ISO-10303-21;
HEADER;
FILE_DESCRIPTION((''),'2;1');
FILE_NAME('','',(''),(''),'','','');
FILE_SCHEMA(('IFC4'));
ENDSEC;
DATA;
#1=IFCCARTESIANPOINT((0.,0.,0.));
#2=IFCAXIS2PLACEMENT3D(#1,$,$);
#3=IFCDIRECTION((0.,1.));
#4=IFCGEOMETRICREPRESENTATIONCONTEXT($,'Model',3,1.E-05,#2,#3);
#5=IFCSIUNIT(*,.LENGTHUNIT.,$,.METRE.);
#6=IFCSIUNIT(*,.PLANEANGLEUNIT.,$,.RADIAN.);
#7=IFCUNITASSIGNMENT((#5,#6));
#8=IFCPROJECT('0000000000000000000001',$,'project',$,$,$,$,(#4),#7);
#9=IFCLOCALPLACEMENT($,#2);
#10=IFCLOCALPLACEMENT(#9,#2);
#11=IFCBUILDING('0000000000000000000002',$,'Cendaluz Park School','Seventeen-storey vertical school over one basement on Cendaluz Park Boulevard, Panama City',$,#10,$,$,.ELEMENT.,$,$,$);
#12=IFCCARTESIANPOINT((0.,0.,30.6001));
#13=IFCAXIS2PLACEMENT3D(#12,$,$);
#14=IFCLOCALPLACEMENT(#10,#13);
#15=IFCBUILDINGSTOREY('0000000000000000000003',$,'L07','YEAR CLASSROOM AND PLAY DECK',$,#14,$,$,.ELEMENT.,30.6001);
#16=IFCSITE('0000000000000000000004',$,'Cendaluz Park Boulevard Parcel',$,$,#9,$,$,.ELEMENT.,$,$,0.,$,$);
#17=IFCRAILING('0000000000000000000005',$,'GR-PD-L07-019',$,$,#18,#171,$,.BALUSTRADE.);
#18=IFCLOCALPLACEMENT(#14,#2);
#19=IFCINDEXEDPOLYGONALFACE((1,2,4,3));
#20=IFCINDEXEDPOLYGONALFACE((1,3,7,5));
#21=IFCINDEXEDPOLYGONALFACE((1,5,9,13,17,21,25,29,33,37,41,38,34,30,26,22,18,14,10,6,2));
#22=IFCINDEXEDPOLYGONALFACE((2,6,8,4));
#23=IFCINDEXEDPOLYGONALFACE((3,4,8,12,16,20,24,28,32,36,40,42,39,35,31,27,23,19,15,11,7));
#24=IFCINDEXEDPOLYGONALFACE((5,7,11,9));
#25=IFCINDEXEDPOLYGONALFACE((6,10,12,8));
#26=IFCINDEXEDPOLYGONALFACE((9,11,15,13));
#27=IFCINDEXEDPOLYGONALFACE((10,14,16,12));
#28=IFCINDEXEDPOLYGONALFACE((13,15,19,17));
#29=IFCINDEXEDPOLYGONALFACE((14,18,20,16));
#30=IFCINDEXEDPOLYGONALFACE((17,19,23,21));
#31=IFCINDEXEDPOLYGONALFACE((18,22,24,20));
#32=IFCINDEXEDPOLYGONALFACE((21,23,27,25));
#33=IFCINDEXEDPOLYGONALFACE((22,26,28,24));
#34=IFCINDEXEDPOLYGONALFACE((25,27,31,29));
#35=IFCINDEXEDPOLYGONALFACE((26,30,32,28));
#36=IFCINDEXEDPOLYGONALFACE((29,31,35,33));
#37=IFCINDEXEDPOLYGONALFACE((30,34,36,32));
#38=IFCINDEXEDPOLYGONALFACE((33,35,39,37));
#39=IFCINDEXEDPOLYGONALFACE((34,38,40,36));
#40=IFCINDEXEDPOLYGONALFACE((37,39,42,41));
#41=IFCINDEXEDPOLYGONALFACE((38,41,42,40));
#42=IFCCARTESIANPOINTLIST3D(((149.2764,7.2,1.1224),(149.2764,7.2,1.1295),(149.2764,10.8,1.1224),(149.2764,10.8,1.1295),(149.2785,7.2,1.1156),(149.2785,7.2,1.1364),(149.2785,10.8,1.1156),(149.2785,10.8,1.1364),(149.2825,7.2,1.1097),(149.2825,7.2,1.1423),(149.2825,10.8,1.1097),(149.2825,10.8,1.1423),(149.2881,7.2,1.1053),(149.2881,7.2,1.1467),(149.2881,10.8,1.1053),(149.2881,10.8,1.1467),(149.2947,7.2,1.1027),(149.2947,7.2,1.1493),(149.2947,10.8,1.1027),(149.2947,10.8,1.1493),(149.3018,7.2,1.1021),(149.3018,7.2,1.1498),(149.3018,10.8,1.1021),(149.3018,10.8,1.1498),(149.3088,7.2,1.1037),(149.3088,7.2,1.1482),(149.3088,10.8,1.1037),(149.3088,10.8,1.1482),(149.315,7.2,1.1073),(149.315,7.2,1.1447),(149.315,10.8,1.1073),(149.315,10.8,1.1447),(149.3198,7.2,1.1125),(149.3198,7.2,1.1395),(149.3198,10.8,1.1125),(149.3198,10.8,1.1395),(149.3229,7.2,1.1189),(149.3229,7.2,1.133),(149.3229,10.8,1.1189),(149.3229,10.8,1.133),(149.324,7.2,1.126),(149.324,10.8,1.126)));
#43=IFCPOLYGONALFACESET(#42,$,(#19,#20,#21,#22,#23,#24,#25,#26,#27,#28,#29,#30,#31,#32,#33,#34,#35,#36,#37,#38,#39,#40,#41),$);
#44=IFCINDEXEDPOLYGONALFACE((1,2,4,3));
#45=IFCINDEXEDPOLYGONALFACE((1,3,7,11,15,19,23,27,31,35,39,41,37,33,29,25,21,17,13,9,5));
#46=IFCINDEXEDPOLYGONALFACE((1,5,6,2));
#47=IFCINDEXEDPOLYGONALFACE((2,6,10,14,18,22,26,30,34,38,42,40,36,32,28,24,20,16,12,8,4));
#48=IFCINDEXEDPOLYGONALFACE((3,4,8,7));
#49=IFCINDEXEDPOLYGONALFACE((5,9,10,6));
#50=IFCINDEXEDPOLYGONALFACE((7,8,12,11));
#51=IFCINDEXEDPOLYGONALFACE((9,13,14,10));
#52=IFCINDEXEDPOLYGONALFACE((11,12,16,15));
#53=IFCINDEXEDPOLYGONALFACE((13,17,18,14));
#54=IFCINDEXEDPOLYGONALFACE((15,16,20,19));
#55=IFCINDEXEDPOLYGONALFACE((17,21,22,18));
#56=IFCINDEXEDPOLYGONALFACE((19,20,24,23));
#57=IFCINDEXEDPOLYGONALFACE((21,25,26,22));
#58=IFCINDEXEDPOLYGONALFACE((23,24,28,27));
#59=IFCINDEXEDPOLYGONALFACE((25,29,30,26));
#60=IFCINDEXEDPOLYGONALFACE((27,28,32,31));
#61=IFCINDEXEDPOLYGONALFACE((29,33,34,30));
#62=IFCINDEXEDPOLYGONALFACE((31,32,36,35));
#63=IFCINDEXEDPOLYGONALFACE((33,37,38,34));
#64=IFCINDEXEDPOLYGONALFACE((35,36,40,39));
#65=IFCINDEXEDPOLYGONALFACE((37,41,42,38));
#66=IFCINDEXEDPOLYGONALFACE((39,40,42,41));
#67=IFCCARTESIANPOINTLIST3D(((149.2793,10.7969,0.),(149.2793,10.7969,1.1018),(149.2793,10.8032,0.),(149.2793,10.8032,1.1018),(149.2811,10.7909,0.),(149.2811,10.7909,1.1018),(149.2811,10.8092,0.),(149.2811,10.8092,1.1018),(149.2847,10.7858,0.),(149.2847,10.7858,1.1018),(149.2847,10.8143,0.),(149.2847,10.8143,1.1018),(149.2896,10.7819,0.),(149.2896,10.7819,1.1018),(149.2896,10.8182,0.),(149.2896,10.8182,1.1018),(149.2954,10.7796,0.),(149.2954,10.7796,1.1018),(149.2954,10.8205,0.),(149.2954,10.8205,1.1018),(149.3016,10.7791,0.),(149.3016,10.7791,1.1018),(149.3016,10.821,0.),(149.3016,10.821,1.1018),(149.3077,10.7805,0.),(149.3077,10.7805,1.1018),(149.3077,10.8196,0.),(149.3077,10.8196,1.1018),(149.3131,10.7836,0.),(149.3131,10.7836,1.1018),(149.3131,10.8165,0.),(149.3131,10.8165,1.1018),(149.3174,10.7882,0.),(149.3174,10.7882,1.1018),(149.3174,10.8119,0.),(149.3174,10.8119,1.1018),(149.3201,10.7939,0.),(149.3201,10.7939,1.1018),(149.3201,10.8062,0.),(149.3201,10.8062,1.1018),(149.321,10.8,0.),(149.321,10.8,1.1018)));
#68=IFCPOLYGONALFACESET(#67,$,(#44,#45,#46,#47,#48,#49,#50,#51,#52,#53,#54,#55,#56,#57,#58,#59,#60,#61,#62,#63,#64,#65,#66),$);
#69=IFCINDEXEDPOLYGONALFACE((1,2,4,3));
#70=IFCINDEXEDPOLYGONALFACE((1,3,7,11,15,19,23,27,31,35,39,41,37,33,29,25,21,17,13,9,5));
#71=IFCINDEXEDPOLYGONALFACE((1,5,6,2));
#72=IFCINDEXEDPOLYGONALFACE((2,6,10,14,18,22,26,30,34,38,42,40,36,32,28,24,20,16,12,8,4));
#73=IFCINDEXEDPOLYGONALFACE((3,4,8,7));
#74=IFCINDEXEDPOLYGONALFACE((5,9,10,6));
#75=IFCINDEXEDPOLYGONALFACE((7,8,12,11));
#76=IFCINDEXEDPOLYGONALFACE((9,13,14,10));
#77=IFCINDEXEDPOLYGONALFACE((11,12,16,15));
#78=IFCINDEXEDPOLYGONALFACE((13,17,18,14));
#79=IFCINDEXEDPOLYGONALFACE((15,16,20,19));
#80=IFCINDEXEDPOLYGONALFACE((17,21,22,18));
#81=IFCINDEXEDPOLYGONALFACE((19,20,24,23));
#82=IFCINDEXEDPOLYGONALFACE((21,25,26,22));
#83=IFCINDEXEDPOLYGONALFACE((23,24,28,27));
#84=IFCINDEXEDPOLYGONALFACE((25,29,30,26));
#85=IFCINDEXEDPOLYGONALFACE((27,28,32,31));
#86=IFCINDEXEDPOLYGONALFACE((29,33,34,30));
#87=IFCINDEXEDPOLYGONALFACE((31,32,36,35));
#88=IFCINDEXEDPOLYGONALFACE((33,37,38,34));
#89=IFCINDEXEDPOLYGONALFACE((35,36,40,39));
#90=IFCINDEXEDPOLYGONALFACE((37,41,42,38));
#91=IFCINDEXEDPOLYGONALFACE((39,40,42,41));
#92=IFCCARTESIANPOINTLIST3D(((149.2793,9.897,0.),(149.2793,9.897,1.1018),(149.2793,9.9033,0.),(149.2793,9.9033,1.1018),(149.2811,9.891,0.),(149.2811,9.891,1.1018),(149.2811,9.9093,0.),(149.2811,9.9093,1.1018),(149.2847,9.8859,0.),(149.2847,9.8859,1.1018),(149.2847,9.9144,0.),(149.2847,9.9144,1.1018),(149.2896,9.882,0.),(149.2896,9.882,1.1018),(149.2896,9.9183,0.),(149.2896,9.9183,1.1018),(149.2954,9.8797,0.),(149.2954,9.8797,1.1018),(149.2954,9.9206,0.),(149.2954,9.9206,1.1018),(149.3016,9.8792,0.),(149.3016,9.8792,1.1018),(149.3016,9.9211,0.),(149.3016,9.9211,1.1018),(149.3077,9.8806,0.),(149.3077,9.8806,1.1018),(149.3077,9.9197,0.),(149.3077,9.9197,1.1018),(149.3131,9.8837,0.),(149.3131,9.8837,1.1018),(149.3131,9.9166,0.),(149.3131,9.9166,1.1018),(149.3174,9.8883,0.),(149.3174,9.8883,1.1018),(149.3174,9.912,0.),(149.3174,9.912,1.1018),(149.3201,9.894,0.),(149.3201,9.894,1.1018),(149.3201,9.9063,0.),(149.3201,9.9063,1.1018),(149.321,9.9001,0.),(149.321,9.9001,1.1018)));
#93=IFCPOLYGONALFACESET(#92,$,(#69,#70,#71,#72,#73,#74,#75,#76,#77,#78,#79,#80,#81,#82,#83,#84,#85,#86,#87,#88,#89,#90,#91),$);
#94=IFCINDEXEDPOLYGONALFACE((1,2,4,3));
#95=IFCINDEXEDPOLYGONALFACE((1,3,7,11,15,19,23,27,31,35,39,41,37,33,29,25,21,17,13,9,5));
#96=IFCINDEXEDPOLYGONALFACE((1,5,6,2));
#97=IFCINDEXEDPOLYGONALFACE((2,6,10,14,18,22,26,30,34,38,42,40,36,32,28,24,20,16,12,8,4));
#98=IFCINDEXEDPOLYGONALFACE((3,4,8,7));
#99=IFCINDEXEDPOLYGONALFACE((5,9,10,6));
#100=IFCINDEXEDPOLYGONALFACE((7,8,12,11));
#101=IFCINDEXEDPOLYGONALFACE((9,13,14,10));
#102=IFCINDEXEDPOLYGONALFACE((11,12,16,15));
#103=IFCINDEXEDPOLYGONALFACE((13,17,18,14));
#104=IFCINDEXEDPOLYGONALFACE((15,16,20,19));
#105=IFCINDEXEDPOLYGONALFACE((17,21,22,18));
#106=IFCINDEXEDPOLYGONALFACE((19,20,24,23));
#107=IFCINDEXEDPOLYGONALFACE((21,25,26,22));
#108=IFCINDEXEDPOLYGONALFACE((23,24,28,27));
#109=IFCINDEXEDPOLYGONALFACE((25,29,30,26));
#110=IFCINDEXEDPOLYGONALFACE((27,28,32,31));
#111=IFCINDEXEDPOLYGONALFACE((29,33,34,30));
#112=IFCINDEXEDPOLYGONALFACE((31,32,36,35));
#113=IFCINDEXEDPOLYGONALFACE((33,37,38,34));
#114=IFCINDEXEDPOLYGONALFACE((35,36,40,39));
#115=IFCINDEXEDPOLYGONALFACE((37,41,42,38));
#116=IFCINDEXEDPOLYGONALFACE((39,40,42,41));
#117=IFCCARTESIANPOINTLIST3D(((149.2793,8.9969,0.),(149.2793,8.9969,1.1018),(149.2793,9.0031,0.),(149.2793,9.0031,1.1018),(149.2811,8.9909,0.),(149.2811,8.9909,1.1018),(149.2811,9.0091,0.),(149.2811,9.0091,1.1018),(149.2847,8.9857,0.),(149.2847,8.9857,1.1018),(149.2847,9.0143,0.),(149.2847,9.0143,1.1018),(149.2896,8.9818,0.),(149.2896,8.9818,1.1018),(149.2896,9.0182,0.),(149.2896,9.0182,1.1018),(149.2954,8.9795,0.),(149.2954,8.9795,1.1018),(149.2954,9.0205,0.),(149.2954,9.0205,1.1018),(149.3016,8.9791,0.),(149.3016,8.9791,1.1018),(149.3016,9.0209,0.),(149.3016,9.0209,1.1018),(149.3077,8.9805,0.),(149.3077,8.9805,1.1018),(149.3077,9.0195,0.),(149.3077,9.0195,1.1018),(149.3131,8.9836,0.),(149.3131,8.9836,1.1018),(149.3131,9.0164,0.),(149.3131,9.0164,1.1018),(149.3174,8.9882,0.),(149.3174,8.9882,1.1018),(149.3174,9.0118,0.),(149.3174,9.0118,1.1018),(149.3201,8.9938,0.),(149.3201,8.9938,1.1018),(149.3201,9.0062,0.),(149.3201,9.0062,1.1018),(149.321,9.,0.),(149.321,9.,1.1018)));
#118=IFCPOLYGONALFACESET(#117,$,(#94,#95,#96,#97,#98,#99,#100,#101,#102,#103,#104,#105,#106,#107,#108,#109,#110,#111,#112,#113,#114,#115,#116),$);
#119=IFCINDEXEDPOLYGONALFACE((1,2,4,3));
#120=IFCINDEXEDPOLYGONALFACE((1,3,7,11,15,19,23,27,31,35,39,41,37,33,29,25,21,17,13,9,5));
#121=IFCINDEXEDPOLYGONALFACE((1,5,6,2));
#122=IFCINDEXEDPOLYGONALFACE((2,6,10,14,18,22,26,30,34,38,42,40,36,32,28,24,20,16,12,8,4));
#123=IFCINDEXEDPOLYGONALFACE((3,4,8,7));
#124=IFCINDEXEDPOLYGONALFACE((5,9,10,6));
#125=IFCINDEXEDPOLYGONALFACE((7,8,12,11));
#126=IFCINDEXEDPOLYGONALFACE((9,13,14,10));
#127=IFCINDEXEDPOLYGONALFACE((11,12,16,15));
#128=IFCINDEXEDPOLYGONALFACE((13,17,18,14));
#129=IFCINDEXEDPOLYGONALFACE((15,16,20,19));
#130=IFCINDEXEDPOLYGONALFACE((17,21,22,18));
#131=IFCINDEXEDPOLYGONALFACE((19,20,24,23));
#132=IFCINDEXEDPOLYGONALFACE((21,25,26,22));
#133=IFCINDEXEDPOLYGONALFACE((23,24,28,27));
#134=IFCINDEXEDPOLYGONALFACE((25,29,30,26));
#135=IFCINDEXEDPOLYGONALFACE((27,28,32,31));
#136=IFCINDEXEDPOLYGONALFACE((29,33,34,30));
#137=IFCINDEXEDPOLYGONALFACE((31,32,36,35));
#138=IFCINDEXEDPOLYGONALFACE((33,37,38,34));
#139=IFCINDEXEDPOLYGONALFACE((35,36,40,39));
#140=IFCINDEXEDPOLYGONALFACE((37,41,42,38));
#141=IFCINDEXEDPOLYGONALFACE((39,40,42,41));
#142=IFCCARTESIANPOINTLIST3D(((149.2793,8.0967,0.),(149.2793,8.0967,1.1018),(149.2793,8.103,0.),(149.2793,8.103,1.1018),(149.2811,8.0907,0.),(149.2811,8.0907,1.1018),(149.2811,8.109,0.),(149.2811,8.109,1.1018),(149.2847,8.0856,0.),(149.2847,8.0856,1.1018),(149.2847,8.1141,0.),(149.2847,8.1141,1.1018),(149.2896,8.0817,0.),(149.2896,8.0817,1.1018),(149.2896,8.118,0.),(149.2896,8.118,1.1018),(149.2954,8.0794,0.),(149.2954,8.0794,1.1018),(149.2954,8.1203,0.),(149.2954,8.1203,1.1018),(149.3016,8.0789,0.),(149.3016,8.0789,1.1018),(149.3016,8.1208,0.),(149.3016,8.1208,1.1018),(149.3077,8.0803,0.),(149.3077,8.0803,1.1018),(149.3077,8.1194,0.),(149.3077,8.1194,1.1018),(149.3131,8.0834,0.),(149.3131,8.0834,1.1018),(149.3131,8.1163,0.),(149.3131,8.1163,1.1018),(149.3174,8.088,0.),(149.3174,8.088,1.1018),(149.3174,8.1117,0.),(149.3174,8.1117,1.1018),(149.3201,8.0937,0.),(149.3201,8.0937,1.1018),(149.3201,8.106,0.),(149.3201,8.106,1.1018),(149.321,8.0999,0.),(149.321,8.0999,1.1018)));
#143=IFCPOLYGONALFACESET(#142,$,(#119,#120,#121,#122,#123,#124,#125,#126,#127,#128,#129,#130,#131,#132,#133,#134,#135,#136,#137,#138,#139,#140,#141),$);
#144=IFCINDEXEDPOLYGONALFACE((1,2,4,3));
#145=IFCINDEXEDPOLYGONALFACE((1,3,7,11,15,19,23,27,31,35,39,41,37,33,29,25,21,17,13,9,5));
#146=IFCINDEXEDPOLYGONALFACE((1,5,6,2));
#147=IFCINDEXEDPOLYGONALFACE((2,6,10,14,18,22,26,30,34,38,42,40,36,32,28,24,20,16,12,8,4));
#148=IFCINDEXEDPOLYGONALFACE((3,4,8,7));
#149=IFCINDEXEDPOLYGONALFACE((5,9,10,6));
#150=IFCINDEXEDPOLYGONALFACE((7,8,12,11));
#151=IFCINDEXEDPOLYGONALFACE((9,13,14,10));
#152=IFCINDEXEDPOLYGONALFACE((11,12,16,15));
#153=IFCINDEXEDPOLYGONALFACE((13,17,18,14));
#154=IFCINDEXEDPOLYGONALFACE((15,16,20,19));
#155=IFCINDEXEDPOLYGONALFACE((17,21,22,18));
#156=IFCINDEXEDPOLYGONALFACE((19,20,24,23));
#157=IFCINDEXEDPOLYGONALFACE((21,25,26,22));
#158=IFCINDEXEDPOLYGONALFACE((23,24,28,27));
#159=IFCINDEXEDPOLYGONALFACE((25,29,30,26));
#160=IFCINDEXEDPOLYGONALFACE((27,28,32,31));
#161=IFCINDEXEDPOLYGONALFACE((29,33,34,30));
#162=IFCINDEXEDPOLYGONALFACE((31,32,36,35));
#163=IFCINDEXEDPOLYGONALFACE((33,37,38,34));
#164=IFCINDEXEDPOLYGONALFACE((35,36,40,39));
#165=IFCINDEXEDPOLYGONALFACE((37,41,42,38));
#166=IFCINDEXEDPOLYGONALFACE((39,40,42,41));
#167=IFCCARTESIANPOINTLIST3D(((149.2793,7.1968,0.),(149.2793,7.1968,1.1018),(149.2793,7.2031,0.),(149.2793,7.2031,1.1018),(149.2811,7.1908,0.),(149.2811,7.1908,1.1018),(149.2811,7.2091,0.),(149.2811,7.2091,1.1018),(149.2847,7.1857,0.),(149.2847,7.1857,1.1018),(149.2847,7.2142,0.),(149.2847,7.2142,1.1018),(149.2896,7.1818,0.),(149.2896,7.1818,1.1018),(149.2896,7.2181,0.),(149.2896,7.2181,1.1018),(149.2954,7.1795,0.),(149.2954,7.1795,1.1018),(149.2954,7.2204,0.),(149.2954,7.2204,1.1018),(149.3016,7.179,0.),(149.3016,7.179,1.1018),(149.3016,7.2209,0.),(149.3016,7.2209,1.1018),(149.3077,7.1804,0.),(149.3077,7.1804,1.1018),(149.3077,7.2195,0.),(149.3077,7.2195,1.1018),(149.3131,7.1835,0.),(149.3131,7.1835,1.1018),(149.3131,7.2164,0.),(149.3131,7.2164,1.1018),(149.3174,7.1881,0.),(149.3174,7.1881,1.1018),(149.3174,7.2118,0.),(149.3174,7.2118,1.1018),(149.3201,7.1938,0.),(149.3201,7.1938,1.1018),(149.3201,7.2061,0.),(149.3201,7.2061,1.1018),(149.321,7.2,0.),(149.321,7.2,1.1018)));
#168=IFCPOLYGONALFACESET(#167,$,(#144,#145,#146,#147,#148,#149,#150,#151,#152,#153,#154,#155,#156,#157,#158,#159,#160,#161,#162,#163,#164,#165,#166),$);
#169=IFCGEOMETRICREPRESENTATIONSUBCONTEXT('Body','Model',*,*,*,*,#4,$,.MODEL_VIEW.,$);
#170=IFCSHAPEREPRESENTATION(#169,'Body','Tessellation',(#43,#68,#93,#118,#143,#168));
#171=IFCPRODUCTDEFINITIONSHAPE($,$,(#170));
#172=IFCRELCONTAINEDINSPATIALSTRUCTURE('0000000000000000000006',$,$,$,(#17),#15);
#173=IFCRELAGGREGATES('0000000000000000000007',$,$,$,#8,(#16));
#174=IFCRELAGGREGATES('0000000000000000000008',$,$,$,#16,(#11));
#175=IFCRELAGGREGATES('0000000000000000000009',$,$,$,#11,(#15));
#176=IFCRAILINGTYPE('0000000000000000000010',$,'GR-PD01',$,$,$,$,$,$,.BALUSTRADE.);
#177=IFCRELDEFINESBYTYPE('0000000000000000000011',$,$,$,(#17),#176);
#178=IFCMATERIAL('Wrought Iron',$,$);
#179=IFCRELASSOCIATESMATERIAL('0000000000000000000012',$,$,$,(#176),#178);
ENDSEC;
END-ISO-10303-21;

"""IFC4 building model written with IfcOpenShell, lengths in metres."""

from ifc_helpers import new_model, si_unit, direction, frame, origin, origin_2d, place, context, subcontext, project, spatial, circle, extrude, material, type_object, element, save


model = new_model("IFC4")

# Units and contexts
model_context = context("Model", 3, precision=1e-05, world=origin(), true_north=direction((0.0, 1.0)))
body_context = subcontext(model_context, "Body", "Model", "MODEL_VIEW")
ifc_project = project(units=[si_unit("LENGTHUNIT", "METRE"), si_unit("PLANEANGLEUNIT", "RADIAN")], contexts=[model_context])

# Site, building, storey
site_placement = place(None, origin())
site = spatial("IfcSite", under=ifc_project, at=site_placement, Name="Cendaluz Park Boulevard Parcel", CompositionType="ELEMENT", RefElevation=0.0)
building_placement = place(site_placement, origin())
building = spatial("IfcBuilding", under=site, at=building_placement, Name="Cendaluz Park School", Description="Seventeen-storey vertical school over one basement on Cendaluz Park Boulevard, Panama City", CompositionType="ELEMENT")
storey_placement = place(building_placement, frame((0.0, 0.0, 30.6001)))
storey = spatial("IfcBuildingStorey", under=building, at=storey_placement, Name="L07", Description="YEAR CLASSROOM AND PLAY DECK", CompositionType="ELEMENT", Elevation=30.6001)

# Railing
ifc_material_1 = material(Name="Wrought Iron")
railing_type_1 = type_object("IfcRailingType", Name="GR-PD01", PredefinedType="BALUSTRADE", material=ifc_material_1)
railing_1_placement = place(storey_placement, frame((149.3, 10.8, 0.0)))
element("IfcRailing", 1, at=railing_1_placement, inside=storey, type_object=railing_type_1, Name="GR-PD-L07-019", PredefinedType="BALUSTRADE", context=body_context, shape_type="SweptSolid", body=[
    extrude(circle(Radius=0.0239, at=origin_2d()), frame((0.0, 0.0, 1.126), z_axis=(0.0, -1.0, 0.0), x_axis=(1.0, 0.0, 0.0)), (0.0, 0.0, 1.0), 3.6001),
    extrude(circle(Radius=0.021, at=origin_2d()), origin(), (0.0, 0.0, 1.0), 1.1018),
    extrude(circle(Radius=0.021, at=origin_2d()), frame((0.0, -0.8999, 0.0)), (0.0, 0.0, 1.0), 1.1018),
    extrude(circle(Radius=0.021, at=origin_2d()), frame((0.0, -1.8, 0.0)), (0.0, 0.0, 1.0), 1.1018),
    extrude(circle(Radius=0.021, at=origin_2d()), frame((0.0, -2.7002, 0.0)), (0.0, 0.0, 1.0), 1.1018),
    extrude(circle(Radius=0.021, at=origin_2d()), frame((0.0, -3.6001, 0.0)), (0.0, 0.0, 1.0), 1.1018),
])

save(model, "model.ifc")
